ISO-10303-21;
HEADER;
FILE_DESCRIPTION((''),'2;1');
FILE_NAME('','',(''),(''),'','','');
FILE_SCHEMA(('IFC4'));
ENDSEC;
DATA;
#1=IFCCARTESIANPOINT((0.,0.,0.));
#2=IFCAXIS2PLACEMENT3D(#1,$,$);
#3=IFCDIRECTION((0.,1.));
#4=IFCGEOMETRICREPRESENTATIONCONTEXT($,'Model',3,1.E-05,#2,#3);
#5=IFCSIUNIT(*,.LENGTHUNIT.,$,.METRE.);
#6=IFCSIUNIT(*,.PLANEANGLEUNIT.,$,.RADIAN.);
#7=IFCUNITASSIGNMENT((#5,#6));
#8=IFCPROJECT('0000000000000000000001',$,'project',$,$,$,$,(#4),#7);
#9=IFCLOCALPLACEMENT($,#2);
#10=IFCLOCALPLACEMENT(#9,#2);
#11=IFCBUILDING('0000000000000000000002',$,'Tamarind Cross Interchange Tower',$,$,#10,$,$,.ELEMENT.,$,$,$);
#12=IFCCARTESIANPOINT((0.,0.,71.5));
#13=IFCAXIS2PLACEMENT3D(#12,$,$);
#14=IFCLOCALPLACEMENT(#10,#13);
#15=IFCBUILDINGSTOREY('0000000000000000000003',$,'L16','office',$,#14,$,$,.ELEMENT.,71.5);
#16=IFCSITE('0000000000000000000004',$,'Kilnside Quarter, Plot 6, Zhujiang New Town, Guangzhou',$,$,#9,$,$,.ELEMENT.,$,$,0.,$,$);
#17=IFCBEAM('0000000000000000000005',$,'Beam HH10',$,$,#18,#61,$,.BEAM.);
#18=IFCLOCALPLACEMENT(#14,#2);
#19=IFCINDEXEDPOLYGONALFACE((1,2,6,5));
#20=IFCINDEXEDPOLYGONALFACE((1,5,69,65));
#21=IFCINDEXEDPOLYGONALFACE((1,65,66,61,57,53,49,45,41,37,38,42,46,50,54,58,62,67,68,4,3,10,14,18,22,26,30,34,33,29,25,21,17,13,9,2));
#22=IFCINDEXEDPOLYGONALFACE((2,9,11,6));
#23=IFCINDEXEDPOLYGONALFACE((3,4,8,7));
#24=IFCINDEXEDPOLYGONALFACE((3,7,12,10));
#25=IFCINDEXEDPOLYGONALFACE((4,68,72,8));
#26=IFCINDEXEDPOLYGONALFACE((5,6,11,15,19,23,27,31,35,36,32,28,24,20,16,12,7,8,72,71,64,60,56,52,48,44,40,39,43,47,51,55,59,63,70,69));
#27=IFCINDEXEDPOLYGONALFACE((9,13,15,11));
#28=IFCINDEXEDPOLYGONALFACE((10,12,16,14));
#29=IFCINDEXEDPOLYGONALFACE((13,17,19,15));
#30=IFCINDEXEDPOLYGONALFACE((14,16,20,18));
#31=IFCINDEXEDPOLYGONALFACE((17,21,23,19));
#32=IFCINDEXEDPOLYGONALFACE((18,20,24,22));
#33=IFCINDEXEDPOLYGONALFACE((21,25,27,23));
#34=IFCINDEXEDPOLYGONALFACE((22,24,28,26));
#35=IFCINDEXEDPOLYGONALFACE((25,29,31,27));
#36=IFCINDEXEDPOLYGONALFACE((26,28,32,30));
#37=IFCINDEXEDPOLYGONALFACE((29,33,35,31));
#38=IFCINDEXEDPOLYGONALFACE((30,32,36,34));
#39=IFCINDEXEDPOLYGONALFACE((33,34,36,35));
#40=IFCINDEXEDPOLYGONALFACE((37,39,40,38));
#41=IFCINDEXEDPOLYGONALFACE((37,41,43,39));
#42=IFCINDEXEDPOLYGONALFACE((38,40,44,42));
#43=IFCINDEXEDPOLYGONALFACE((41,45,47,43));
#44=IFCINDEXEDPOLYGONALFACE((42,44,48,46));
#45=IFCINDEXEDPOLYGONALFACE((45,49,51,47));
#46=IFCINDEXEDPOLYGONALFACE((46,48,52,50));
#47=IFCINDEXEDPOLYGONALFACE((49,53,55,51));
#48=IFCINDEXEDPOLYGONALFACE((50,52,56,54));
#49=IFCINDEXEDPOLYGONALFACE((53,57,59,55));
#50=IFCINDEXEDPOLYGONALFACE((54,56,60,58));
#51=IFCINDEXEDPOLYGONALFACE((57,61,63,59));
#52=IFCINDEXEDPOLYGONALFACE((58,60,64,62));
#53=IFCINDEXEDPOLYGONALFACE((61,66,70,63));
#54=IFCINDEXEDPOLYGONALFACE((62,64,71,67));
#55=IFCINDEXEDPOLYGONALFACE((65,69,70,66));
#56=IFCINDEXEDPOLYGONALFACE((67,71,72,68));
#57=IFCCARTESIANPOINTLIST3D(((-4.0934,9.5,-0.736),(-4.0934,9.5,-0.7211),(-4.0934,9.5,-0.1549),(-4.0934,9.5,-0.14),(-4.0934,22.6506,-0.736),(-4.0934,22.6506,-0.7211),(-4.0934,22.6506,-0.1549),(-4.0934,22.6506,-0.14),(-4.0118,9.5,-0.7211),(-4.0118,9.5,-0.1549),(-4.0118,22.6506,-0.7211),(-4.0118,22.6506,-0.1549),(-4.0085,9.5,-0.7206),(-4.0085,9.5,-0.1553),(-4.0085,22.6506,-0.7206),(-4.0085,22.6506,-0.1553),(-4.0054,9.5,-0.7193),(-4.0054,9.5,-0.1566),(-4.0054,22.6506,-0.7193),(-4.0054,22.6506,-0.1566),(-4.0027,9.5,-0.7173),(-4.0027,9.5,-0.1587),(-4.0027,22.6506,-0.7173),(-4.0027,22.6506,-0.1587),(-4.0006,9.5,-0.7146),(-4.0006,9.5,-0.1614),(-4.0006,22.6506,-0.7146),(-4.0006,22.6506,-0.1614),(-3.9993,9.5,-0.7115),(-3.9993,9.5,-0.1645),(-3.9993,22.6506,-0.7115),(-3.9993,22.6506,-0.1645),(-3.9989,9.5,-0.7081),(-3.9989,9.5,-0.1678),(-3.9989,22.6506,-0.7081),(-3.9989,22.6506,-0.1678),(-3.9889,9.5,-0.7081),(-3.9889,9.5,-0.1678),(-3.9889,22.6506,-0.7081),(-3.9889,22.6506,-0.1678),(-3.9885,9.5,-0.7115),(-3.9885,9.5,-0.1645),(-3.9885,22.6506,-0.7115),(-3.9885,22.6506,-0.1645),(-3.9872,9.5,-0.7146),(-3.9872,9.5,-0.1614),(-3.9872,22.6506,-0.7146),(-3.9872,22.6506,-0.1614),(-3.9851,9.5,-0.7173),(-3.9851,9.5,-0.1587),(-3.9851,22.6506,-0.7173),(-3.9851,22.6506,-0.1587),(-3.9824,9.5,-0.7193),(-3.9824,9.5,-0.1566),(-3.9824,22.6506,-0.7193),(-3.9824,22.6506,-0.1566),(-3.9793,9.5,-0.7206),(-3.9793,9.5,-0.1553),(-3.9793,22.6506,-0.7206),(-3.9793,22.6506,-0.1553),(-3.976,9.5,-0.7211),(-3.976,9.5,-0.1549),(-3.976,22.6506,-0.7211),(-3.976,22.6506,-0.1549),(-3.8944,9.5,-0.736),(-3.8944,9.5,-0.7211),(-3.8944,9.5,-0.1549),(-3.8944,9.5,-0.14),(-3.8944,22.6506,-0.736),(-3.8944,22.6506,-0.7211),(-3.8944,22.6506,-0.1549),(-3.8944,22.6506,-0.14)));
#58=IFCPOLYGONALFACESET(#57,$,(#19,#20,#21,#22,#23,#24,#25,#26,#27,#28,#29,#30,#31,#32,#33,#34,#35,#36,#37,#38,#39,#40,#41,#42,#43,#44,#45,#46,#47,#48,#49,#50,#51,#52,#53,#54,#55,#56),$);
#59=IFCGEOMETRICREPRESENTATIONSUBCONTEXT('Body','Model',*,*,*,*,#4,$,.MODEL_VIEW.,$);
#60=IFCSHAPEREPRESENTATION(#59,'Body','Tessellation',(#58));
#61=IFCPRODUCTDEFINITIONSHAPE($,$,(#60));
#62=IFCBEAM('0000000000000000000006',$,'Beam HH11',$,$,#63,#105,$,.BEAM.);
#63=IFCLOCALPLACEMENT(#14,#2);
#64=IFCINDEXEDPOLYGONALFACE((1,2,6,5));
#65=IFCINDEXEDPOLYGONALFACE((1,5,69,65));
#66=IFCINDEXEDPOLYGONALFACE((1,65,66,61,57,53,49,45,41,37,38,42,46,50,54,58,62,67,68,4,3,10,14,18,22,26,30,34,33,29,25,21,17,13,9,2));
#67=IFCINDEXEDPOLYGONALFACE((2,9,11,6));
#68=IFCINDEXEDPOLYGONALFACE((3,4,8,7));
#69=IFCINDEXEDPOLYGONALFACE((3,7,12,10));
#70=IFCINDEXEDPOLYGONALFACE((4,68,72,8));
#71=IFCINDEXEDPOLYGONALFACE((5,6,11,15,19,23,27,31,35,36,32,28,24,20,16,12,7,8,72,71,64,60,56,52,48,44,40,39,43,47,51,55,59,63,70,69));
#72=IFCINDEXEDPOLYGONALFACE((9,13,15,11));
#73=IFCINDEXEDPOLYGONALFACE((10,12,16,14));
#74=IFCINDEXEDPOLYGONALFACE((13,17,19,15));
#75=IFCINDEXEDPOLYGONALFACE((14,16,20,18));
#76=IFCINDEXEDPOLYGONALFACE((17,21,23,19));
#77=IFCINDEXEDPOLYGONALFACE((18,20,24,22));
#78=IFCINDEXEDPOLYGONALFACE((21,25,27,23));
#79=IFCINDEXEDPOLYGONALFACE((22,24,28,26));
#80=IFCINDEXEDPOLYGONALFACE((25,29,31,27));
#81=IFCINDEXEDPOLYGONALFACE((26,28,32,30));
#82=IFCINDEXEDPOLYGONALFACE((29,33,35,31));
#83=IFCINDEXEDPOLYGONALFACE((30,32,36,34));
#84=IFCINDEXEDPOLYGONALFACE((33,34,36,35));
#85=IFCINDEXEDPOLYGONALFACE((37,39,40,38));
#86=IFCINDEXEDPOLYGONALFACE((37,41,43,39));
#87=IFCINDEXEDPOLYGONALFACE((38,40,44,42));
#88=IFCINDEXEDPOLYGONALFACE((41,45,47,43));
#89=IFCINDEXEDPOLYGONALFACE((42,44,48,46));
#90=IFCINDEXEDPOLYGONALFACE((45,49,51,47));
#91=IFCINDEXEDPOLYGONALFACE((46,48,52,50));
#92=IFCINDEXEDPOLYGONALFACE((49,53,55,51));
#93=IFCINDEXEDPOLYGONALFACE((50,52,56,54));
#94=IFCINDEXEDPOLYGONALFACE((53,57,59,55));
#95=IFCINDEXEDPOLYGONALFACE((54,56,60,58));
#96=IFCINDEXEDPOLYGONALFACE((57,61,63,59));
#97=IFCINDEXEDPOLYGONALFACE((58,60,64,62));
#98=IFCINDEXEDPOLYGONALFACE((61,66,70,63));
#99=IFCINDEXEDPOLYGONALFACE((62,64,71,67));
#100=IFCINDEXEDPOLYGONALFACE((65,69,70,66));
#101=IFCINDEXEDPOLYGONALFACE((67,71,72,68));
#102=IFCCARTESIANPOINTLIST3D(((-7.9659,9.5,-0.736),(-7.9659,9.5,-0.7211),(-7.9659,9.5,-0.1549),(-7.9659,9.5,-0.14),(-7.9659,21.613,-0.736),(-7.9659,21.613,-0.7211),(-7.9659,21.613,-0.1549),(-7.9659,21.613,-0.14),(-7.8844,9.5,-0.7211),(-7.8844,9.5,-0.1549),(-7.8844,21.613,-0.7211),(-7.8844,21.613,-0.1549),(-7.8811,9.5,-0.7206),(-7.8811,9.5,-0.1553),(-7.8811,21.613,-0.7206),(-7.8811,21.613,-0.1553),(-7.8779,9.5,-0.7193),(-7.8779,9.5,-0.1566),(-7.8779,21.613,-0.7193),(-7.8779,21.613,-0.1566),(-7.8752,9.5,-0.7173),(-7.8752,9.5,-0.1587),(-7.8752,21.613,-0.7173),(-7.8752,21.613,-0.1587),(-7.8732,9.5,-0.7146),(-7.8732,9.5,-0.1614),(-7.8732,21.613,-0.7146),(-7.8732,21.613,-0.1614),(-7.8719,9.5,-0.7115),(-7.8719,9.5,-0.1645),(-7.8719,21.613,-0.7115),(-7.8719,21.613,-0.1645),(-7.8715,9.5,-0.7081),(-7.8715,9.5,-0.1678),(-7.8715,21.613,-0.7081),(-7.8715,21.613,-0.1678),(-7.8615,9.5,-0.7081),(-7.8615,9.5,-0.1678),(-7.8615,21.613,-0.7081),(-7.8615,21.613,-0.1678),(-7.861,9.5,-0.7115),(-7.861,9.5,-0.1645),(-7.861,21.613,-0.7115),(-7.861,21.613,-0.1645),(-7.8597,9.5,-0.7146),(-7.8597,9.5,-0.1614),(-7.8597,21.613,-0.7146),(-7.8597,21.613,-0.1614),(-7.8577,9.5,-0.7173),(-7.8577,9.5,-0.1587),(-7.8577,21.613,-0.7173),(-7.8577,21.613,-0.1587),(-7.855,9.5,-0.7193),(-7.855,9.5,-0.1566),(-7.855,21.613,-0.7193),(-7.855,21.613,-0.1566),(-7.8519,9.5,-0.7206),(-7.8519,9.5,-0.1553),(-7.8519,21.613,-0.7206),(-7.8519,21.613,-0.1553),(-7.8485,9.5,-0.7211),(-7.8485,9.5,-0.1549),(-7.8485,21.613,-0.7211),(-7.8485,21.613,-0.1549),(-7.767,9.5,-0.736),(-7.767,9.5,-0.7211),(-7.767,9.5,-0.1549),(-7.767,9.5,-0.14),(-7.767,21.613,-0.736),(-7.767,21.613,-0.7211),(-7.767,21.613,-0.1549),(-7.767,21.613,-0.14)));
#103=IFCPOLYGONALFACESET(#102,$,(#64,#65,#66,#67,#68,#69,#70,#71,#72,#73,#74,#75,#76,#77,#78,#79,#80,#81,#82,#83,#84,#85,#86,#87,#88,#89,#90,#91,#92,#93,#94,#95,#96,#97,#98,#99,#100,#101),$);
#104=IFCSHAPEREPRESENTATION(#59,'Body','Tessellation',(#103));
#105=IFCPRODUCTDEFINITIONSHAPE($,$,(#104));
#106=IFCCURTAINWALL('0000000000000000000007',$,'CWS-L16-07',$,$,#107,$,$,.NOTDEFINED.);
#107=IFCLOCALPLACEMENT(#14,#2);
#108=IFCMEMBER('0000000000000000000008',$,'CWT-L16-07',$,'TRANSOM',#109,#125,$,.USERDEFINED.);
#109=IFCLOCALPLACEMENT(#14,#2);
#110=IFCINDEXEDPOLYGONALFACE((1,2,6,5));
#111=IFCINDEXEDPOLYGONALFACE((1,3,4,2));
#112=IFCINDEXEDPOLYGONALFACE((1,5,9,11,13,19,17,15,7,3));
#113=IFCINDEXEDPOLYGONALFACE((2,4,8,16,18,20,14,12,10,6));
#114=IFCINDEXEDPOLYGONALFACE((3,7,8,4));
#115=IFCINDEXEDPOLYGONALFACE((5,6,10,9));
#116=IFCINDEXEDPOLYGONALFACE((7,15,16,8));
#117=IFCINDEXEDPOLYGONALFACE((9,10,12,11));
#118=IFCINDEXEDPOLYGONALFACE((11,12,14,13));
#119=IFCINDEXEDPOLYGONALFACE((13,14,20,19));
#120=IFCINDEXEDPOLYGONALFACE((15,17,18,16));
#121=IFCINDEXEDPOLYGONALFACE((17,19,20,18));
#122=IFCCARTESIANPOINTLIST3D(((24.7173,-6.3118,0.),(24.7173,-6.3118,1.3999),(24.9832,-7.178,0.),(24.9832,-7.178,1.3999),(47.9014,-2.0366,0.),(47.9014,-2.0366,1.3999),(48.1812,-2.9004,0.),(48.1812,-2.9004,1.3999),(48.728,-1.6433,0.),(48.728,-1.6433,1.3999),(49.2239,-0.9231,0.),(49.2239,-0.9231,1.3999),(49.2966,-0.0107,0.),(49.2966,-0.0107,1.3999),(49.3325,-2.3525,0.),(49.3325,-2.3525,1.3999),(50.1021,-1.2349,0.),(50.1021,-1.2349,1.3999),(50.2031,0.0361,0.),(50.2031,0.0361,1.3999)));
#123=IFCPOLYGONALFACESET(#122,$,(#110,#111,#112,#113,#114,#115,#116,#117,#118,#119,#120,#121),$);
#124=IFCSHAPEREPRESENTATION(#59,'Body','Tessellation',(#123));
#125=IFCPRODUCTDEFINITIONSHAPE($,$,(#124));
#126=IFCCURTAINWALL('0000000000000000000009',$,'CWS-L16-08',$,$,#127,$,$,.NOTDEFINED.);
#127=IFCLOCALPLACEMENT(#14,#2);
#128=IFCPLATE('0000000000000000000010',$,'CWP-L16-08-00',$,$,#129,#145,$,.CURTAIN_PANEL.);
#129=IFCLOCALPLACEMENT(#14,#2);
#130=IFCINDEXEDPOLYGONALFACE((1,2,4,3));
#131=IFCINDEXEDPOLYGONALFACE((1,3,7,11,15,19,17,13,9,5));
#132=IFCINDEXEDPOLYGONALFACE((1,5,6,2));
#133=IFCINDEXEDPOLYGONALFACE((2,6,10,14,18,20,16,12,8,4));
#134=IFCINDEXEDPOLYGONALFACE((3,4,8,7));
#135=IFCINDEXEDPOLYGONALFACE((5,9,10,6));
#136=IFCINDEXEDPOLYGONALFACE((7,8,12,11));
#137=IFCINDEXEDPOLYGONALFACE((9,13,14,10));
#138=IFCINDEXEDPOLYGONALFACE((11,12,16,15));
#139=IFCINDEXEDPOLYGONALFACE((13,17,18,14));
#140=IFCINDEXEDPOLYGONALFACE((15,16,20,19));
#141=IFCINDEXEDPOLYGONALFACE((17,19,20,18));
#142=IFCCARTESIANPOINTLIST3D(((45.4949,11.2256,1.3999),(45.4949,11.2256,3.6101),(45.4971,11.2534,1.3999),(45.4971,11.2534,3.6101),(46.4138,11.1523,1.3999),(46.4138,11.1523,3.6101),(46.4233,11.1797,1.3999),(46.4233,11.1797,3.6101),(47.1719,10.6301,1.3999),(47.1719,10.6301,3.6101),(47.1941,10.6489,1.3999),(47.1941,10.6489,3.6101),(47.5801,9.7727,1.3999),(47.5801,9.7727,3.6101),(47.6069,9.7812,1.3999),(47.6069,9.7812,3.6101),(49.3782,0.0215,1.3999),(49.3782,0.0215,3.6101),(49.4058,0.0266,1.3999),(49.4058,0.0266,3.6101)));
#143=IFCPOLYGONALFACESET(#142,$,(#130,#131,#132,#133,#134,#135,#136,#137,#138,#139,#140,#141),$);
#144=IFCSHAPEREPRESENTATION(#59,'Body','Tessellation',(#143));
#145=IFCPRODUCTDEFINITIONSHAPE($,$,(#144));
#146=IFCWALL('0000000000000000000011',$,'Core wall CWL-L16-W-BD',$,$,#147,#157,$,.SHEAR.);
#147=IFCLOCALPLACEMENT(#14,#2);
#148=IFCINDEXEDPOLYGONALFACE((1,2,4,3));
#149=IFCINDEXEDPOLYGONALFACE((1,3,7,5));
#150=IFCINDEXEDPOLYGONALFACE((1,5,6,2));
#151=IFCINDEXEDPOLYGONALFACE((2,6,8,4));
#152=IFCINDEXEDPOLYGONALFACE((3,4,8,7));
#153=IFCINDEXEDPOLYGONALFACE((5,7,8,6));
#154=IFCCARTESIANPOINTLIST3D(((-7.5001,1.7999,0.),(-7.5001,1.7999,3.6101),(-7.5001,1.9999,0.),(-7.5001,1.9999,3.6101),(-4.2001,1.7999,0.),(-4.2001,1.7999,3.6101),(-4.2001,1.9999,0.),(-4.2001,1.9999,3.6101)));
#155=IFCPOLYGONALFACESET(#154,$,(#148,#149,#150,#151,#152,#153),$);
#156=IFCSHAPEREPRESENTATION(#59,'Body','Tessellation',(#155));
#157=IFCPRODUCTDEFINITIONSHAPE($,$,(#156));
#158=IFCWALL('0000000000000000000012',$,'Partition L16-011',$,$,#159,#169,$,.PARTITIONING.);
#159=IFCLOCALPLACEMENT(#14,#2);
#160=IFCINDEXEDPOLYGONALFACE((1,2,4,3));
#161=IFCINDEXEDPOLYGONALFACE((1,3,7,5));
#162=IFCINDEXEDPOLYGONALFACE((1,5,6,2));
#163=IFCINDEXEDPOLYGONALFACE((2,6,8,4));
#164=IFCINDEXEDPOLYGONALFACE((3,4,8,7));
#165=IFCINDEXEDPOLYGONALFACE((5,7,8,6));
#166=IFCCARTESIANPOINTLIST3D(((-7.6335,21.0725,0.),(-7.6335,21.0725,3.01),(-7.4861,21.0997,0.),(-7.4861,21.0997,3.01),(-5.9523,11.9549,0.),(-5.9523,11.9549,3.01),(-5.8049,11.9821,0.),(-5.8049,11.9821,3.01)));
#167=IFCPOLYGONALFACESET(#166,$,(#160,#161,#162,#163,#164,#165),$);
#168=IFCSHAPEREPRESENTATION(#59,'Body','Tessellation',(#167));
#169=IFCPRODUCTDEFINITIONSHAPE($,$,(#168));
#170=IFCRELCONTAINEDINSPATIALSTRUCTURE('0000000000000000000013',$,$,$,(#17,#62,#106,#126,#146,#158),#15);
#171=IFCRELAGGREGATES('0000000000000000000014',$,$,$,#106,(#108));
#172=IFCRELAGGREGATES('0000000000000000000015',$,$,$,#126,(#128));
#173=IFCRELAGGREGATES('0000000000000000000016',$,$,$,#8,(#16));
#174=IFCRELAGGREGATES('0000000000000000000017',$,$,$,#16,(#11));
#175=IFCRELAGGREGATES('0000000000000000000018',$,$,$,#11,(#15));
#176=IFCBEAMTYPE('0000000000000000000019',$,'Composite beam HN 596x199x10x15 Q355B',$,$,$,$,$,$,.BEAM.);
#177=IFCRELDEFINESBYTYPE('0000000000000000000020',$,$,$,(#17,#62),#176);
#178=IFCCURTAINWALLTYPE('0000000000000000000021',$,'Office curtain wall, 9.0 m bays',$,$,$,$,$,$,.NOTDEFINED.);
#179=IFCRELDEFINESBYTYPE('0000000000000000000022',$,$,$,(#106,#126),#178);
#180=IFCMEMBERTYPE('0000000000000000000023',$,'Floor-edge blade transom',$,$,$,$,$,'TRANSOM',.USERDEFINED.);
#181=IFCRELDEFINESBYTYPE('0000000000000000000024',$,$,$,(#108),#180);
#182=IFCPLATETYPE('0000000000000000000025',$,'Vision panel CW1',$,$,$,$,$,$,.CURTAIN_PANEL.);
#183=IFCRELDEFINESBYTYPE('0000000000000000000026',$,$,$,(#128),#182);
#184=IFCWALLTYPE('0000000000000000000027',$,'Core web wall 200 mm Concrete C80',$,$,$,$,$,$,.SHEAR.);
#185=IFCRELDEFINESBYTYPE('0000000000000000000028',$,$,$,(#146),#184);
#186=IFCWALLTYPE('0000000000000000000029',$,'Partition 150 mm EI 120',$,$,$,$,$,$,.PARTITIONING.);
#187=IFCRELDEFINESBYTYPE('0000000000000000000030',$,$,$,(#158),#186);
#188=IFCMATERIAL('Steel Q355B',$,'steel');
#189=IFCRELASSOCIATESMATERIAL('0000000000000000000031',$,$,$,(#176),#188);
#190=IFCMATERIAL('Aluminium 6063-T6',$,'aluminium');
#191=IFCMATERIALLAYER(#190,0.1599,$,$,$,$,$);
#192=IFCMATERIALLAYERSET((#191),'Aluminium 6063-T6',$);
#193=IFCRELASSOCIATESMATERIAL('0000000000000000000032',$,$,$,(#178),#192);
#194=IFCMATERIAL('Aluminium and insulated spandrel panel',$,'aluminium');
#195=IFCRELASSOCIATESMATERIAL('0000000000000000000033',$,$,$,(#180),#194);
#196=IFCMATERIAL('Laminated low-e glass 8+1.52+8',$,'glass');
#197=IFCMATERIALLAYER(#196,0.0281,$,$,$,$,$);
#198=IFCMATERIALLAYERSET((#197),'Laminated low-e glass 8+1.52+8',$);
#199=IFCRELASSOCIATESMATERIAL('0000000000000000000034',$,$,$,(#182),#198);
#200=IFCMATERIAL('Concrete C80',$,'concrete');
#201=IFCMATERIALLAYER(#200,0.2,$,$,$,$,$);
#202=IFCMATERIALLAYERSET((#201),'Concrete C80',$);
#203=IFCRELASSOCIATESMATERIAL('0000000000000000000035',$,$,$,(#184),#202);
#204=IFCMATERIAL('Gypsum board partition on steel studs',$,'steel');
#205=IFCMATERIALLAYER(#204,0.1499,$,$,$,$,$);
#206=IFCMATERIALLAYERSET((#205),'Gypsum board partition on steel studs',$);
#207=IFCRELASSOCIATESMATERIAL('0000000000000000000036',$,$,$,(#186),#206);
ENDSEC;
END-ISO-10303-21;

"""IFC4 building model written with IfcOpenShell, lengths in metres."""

from ifc_helpers import new_model, si_unit, direction, frame, frame_2d, origin, origin_2d, place, context, subcontext, project, spatial, polyline, rectangle, i_section, outline, extrude, material, layer, layer_set, material_profile, profile_set, type_object, element, aggregate, save


model = new_model("IFC4")

# Units and contexts
model_context = context("Model", 3, precision=1e-05, world=origin(), true_north=direction((0.0, 1.0)))
body_context = subcontext(model_context, "Body", "Model", "MODEL_VIEW")
ifc_project = project(units=[si_unit("LENGTHUNIT", "METRE"), si_unit("PLANEANGLEUNIT", "RADIAN")], contexts=[model_context])

# Site, building, storey
site_placement = place(None, origin())
site = spatial("IfcSite", under=ifc_project, at=site_placement, Name="Kilnside Quarter, Plot 6, Zhujiang New Town, Guangzhou", CompositionType="ELEMENT", RefElevation=0.0)
building_placement = place(site_placement, origin())
building = spatial("IfcBuilding", under=site, at=building_placement, Name="Tamarind Cross Interchange Tower", CompositionType="ELEMENT")
storey_placement = place(building_placement, frame((0.0, 0.0, 71.5)))
storey = spatial("IfcBuildingStorey", under=building, at=storey_placement, Name="L16", Description="office", CompositionType="ELEMENT", Elevation=71.5)

# Beams
ifc_material_1 = material(Name="Steel Q355B", Category="steel")
ifc_material_profile_1 = material_profile(ifc_material_1, i_section(OverallWidth=0.199, OverallDepth=0.5959, WebThickness=0.01, FlangeThickness=0.0149, FilletRadius=0.0129, at=origin_2d()), Name="HN 596x199x10x15")
ifc_profile_set_1 = profile_set([ifc_material_profile_1], Name="Steel Q355B")
beam_type_1 = type_object("IfcBeamType", Name="Composite beam HN 596x199x10x15 Q355B", PredefinedType="BEAM", material=ifc_profile_set_1)
beam_1_placement = place(storey_placement, frame((-3.9939, 22.6506, -0.438), z_axis=(0.0, -1.0, 0.0), x_axis=(1.0, 0.0, 0.0)))
element("IfcBeam", 1, at=beam_1_placement, inside=storey, type_object=beam_type_1, Name="Beam HH10", PredefinedType="BEAM", context=body_context, shape_type="SweptSolid", body=[
    extrude(i_section(OverallWidth=0.199, OverallDepth=0.5959, WebThickness=0.01, FlangeThickness=0.0149, FilletRadius=0.0129, at=origin_2d()), origin(), (0.0, 0.0, 1.0), 13.1506),
])
beam_2_placement = place(storey_placement, frame((-7.8665, 21.613, -0.438), z_axis=(0.0, -1.0, 0.0), x_axis=(1.0, 0.0, 0.0)))
element("IfcBeam", 2, at=beam_2_placement, inside=storey, type_object=beam_type_1, Name="Beam HH11", PredefinedType="BEAM", context=body_context, shape_type="SweptSolid", body=[
    extrude(i_section(OverallWidth=0.199, OverallDepth=0.5959, WebThickness=0.01, FlangeThickness=0.0149, FilletRadius=0.0129, at=origin_2d()), origin(), (0.0, 0.0, 1.0), 12.113),
])

# Curtain wall, member
ifc_material_2 = material(Name="Aluminium 6063-T6", Category="aluminium")
ifc_layer_1 = layer(ifc_material_2, 0.1599)
ifc_layer_set_1 = layer_set([ifc_layer_1], Name="Aluminium 6063-T6")
curtain_wall_type = type_object("IfcCurtainWallType", Name="Office curtain wall, 9.0 m bays", PredefinedType="NOTDEFINED", material=ifc_layer_set_1)
curtain_wall_1_placement = place(storey_placement, origin())
curtain_wall_1 = element("IfcCurtainWall", 3, at=curtain_wall_1_placement, inside=storey, type_object=curtain_wall_type, Name="CWS-L16-07", PredefinedType="NOTDEFINED")
ifc_material_3 = material(Name="Aluminium and insulated spandrel panel", Category="aluminium")
member_type = type_object("IfcMemberType", Name="Floor-edge blade transom", ElementType="TRANSOM", PredefinedType="USERDEFINED", material=ifc_material_3)
member_placement = place(storey_placement, origin())
member = element("IfcMember", 4, at=member_placement, type_object=member_type, Name="CWT-L16-07", ObjectType="TRANSOM", PredefinedType="USERDEFINED", context=body_context, shape_type="SweptSolid", body=[
    extrude(outline(polyline([(24.7173, -6.3118), (47.9014, -2.0366), (48.728, -1.6433), (49.2239, -0.9231), (49.2966, -0.0107), (50.2031, 0.0361), (50.1021, -1.2349), (49.3325, -2.3525), (48.1812, -2.9004), (24.9832, -7.178), (24.7173, -6.3118)])), origin(), (0.0, 0.0, 1.0), 1.3999),
])
aggregate(curtain_wall_1, [member])

# Curtain wall, plate
curtain_wall_2_placement = place(storey_placement, origin())
curtain_wall_2 = element("IfcCurtainWall", 5, at=curtain_wall_2_placement, inside=storey, type_object=curtain_wall_type, Name="CWS-L16-08", PredefinedType="NOTDEFINED")
ifc_material_4 = material(Name="Laminated low-e glass 8+1.52+8", Category="glass")
ifc_layer_2 = layer(ifc_material_4, 0.0281)
ifc_layer_set_2 = layer_set([ifc_layer_2], Name="Laminated low-e glass 8+1.52+8")
plate_type = type_object("IfcPlateType", Name="Vision panel CW1", PredefinedType="CURTAIN_PANEL", material=ifc_layer_set_2)
plate_placement = place(storey_placement, frame((0.0, 0.0, 1.3999)))
plate = element("IfcPlate", 6, at=plate_placement, type_object=plate_type, Name="CWP-L16-08-00", PredefinedType="CURTAIN_PANEL", context=body_context, shape_type="SweptSolid", body=[
    extrude(outline(polyline([(49.3782, 0.0215), (47.5801, 9.7727), (47.1719, 10.6301), (46.4138, 11.1523), (45.4949, 11.2256), (45.4971, 11.2534), (46.4233, 11.1797), (47.1941, 10.6489), (47.6069, 9.7812), (49.4058, 0.0266), (49.3782, 0.0215)])), origin(), (0.0, 0.0, 1.0), 2.2102),
])
aggregate(curtain_wall_2, [plate])

# Walls
ifc_material_5 = material(Name="Concrete C80", Category="concrete")
ifc_layer_3 = layer(ifc_material_5, 0.2)
ifc_layer_set_3 = layer_set([ifc_layer_3], Name="Concrete C80")
wall_type_1 = type_object("IfcWallType", Name="Core web wall 200 mm Concrete C80", PredefinedType="SHEAR", material=ifc_layer_set_3)
wall_1_placement = place(storey_placement, frame((-7.5, 1.8999, 0.0), z_axis=(0.0, 0.0, 1.0), x_axis=(1.0, 0.0, 0.0)))
element("IfcWall", 7, at=wall_1_placement, inside=storey, type_object=wall_type_1, Name="Core wall CWL-L16-W-BD", PredefinedType="SHEAR", context=body_context, shape_type="SweptSolid", body=[
    extrude(rectangle(XDim=3.3, YDim=0.2, at=frame_2d((1.6499, 0.0))), origin(), (0.0, 0.0, 1.0), 3.6101),
])
ifc_material_6 = material(Name="Gypsum board partition on steel studs", Category="steel")
ifc_layer_4 = layer(ifc_material_6, 0.1499)
ifc_layer_set_4 = layer_set([ifc_layer_4], Name="Gypsum board partition on steel studs")
wall_type_2 = type_object("IfcWallType", Name="Partition 150 mm EI 120", PredefinedType="PARTITIONING", material=ifc_layer_set_4)
wall_2_placement = place(storey_placement, frame((-7.5598, 21.0862, 0.0), z_axis=(0.0, 0.0, 1.0), x_axis=(0.181332, -0.983422, 0.0)))
element("IfcWall", 8, at=wall_2_placement, inside=storey, type_object=wall_type_2, Name="Partition L16-011", PredefinedType="PARTITIONING", context=body_context, shape_type="SweptSolid", body=[
    extrude(rectangle(XDim=9.2712, YDim=0.1499, at=frame_2d((4.6357, 0.0))), origin(), (0.0, 0.0, 1.0), 3.01),
])

save(model, "model.ifc")
